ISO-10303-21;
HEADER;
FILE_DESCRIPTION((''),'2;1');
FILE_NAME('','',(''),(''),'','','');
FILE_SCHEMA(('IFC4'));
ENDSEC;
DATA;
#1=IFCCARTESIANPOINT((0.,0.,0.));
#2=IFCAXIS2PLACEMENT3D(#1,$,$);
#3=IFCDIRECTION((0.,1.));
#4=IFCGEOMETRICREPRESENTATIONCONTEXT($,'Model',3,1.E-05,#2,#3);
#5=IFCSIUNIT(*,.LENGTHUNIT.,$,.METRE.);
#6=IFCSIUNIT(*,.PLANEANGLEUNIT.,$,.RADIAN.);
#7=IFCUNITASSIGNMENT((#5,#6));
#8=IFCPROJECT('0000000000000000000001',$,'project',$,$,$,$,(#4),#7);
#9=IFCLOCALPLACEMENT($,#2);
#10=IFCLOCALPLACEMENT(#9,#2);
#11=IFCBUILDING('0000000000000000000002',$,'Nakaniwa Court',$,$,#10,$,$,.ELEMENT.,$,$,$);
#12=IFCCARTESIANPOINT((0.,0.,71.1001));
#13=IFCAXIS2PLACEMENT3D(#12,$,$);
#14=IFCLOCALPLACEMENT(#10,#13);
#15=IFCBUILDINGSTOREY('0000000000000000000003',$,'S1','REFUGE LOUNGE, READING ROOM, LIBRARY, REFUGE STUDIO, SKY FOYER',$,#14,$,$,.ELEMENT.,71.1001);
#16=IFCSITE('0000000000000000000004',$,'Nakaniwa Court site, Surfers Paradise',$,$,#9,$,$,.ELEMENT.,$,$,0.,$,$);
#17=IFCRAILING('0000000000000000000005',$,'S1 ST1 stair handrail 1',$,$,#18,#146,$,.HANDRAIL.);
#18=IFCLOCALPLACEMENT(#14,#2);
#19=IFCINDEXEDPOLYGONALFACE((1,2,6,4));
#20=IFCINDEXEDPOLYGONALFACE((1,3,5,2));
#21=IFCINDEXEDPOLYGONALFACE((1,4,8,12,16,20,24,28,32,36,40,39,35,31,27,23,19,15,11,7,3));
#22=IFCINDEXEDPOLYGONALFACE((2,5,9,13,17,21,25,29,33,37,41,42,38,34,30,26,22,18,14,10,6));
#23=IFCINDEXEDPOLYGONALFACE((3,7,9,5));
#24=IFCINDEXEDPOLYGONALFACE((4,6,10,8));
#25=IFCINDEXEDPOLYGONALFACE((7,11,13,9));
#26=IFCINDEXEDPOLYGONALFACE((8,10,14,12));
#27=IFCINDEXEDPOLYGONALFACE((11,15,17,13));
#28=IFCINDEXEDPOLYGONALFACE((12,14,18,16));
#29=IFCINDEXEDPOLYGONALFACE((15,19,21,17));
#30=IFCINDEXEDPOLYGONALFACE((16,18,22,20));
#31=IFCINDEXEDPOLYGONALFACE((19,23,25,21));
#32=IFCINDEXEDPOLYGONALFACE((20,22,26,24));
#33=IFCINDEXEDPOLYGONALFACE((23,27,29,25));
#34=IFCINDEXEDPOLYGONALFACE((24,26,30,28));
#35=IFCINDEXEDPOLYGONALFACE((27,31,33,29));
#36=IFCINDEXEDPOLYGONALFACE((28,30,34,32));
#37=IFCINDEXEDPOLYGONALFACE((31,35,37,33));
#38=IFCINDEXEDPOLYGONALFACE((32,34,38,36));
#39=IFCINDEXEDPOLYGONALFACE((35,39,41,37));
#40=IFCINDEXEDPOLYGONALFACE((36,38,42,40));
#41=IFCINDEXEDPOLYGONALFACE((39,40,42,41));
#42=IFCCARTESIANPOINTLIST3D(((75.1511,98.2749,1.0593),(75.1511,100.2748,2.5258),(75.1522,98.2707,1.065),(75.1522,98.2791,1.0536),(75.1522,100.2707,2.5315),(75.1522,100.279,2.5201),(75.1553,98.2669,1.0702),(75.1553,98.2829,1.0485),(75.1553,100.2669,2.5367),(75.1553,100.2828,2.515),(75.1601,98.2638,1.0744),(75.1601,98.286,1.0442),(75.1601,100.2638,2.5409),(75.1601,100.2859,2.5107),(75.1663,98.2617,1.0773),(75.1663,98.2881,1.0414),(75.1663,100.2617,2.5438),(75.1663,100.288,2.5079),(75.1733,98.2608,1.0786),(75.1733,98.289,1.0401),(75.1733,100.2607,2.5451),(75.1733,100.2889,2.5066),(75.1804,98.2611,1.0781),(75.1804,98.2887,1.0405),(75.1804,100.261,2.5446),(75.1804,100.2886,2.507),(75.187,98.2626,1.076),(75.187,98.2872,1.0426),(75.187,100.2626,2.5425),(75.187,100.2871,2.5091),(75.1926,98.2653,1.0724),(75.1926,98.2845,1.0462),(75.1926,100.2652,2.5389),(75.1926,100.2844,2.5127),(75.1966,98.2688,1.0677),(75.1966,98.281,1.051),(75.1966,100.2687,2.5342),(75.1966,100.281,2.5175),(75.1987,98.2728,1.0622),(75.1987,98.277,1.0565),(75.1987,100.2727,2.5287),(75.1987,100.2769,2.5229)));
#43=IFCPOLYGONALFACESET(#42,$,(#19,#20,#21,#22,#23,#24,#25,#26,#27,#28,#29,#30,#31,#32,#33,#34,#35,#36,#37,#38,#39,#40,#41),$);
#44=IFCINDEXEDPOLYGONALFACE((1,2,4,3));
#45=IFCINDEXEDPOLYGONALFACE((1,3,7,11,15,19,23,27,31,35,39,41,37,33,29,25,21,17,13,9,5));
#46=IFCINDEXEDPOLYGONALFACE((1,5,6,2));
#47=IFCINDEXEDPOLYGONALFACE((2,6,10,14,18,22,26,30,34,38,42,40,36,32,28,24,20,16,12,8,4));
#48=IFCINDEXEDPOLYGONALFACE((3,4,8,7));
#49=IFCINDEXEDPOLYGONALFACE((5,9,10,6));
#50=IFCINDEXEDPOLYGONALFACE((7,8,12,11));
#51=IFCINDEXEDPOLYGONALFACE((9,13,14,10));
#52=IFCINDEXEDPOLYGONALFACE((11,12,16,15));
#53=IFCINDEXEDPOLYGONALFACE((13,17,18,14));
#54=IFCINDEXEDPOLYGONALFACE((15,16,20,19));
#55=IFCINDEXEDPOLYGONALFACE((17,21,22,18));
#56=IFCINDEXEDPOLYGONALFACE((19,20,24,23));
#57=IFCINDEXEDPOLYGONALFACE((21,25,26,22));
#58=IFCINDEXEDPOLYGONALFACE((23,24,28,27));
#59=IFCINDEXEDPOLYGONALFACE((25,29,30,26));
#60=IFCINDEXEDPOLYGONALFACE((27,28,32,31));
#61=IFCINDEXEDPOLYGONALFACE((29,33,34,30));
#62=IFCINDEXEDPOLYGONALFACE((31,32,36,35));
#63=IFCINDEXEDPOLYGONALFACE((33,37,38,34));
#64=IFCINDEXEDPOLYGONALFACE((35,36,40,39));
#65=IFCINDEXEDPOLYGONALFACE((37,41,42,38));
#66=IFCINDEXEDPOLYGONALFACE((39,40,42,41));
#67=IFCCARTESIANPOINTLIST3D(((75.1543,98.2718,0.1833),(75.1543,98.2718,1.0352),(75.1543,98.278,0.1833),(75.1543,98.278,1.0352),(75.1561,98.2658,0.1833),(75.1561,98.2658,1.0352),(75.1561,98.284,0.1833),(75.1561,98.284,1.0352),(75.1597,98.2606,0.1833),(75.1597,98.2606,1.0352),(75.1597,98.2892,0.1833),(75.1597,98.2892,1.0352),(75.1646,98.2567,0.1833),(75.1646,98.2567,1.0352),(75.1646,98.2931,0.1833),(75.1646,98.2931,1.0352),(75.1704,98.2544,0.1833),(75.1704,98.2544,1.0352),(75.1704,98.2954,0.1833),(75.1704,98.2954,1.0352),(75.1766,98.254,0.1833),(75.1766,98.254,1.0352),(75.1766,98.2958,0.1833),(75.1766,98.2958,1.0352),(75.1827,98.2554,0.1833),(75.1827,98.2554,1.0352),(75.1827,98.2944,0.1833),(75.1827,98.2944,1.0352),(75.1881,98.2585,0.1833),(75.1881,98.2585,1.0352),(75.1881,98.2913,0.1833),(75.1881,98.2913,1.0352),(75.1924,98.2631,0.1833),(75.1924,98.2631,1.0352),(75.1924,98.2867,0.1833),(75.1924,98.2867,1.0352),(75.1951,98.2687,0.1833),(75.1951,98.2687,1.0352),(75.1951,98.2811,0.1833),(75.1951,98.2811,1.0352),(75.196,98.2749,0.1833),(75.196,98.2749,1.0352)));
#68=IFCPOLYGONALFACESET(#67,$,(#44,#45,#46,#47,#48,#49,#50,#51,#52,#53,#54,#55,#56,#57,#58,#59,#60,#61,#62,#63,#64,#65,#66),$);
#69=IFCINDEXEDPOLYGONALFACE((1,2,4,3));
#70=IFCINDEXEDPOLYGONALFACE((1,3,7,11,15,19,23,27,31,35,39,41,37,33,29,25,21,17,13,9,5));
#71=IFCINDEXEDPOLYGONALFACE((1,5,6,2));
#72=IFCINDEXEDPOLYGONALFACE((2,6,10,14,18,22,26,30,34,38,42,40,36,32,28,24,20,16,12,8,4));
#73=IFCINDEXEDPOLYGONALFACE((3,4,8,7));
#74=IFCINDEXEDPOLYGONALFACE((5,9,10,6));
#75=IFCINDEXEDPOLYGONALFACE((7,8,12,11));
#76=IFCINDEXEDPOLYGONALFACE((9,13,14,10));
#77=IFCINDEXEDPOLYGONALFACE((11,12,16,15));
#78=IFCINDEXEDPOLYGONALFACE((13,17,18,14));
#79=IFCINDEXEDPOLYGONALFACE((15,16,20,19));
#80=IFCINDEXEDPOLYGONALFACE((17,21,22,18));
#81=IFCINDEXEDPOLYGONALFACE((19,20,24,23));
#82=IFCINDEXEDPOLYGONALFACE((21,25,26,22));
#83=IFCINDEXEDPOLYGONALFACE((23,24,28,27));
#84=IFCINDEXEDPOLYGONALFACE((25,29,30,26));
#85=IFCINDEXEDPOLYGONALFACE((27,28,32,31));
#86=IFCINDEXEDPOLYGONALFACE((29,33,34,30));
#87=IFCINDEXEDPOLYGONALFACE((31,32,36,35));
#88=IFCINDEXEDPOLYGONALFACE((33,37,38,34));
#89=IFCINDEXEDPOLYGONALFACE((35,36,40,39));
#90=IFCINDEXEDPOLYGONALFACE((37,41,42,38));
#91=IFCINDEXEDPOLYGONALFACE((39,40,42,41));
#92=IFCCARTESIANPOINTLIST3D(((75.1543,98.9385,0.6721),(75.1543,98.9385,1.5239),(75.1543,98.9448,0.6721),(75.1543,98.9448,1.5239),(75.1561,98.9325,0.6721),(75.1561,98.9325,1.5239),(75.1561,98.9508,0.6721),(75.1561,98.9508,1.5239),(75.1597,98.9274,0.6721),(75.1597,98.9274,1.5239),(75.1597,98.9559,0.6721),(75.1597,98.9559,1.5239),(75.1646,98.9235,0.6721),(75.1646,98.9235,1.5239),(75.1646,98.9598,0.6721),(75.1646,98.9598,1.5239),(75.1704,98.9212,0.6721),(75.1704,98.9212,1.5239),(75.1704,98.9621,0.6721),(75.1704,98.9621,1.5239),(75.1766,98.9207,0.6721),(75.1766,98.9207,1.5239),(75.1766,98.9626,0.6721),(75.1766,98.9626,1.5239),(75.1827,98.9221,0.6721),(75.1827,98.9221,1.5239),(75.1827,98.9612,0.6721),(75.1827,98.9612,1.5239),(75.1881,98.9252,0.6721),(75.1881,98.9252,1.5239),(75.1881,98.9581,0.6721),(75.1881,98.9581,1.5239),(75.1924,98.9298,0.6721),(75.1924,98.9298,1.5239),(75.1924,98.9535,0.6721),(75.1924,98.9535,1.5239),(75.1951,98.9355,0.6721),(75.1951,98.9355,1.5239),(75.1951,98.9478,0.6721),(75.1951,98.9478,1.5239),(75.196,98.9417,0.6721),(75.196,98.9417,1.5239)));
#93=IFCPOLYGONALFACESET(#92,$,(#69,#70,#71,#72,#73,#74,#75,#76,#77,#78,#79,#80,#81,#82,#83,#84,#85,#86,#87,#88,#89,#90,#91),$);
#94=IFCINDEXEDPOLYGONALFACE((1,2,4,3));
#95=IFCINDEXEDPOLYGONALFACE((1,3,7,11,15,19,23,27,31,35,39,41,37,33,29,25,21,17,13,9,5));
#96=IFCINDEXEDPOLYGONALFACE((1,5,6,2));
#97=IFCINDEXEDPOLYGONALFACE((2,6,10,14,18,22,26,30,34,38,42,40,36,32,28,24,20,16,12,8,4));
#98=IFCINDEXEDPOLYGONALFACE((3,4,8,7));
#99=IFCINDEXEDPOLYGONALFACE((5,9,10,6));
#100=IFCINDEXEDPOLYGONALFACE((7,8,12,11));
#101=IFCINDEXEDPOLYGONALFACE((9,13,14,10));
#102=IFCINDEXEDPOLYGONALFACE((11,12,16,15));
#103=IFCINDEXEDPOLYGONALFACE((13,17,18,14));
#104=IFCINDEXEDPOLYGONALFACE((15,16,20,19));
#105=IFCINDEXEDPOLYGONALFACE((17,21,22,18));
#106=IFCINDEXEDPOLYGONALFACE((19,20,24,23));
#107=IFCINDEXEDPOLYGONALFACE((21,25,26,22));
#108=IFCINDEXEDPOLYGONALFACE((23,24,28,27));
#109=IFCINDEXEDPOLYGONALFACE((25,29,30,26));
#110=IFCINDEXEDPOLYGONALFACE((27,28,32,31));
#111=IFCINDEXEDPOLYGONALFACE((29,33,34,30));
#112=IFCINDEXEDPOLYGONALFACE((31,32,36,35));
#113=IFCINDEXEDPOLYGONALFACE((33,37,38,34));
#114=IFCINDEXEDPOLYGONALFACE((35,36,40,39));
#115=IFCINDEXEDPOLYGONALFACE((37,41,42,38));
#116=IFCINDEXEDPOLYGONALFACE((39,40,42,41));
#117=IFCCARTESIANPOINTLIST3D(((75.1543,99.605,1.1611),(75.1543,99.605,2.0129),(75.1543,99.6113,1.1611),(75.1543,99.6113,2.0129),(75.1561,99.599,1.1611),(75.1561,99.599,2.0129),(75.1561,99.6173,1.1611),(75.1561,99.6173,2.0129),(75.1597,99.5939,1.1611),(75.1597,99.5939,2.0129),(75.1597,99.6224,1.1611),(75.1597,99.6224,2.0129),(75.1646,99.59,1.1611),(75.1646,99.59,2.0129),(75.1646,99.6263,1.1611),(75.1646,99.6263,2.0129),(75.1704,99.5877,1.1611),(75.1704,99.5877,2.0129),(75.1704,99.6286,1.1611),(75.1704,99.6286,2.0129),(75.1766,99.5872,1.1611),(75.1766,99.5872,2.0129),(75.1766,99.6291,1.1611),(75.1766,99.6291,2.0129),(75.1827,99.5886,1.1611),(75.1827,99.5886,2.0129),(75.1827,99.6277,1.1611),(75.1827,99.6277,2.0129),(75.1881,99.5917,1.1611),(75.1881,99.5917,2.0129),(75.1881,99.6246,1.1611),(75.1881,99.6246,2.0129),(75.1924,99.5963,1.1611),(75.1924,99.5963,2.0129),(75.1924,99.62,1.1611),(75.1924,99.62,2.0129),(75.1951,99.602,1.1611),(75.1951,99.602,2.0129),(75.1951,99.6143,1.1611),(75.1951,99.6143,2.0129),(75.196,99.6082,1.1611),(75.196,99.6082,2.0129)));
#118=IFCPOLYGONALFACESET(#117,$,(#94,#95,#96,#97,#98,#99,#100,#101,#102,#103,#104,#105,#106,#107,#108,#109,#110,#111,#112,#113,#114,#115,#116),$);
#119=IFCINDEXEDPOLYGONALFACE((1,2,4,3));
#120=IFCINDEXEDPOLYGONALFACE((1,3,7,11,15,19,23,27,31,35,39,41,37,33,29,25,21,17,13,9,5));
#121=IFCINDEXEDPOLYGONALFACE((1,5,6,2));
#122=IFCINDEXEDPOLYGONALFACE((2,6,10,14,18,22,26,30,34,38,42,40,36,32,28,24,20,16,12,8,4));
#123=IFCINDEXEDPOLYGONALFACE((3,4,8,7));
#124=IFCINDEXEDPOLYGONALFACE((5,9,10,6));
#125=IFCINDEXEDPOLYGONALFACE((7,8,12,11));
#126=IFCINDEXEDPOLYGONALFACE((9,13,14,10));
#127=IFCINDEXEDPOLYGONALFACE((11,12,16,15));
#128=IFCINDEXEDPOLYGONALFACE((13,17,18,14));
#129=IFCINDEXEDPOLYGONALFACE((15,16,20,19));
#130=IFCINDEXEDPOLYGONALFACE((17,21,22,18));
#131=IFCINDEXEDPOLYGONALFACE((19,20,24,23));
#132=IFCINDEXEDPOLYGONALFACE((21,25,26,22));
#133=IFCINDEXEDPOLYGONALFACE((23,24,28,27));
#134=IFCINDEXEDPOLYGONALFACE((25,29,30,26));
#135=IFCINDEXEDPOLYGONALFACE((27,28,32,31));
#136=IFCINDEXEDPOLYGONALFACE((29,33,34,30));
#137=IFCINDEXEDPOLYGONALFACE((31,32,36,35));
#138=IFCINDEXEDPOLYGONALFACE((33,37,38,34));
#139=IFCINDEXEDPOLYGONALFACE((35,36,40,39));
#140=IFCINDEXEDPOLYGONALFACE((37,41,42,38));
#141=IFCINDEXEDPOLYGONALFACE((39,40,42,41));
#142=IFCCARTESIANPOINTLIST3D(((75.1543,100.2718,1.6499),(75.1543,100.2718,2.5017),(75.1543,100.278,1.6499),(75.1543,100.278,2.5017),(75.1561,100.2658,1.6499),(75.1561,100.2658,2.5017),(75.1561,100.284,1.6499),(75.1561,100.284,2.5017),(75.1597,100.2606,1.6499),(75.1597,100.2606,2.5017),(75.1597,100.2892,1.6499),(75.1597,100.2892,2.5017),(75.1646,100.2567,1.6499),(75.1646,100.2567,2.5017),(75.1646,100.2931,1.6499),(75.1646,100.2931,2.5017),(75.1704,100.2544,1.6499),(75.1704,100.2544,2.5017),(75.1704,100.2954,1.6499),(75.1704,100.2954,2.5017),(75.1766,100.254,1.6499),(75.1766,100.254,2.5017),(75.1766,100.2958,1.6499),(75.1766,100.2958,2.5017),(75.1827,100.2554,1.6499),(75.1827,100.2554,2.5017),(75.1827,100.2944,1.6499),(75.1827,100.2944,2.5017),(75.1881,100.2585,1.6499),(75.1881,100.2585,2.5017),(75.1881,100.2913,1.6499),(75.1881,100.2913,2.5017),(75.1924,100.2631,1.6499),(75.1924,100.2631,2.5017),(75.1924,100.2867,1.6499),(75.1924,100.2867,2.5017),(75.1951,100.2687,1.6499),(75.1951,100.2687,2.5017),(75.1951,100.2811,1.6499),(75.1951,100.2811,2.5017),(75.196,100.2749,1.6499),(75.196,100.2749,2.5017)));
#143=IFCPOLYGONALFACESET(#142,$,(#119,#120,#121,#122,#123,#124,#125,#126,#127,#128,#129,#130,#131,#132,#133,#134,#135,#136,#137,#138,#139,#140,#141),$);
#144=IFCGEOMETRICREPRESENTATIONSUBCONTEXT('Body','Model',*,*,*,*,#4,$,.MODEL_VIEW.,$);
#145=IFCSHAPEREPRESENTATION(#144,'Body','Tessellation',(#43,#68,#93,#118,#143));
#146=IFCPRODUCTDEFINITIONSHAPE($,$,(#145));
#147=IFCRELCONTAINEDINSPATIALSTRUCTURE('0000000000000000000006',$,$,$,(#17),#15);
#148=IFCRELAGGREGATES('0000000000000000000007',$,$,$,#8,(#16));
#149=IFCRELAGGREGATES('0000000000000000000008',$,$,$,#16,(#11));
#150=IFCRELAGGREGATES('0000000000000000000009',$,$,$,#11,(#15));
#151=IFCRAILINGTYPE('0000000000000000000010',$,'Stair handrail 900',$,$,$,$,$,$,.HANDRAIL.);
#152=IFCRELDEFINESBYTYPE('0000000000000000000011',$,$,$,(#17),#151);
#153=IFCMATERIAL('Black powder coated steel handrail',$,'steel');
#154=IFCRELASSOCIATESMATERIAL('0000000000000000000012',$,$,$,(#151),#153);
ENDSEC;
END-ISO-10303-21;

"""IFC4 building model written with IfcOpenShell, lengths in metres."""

from ifc_helpers import new_model, si_unit, direction, frame, origin, origin_2d, place, context, subcontext, project, spatial, circle, extrude, material, type_object, element, save


model = new_model("IFC4")

# Units and contexts
model_context = context("Model", 3, precision=1e-05, world=origin(), true_north=direction((0.0, 1.0)))
body_context = subcontext(model_context, "Body", "Model", "MODEL_VIEW")
ifc_project = project(units=[si_unit("LENGTHUNIT", "METRE"), si_unit("PLANEANGLEUNIT", "RADIAN")], contexts=[model_context])

# Site, building, storey
site_placement = place(None, origin())
site = spatial("IfcSite", under=ifc_project, at=site_placement, Name="Nakaniwa Court site, Surfers Paradise", CompositionType="ELEMENT", RefElevation=0.0)
building_placement = place(site_placement, origin())
building = spatial("IfcBuilding", under=site, at=building_placement, Name="Nakaniwa Court", CompositionType="ELEMENT")
storey_placement = place(building_placement, frame((0.0, 0.0, 71.1001)))
storey = spatial("IfcBuildingStorey", under=building, at=storey_placement, Name="S1", Description="REFUGE LOUNGE, READING ROOM, LIBRARY, REFUGE STUDIO, SKY FOYER", CompositionType="ELEMENT", Elevation=71.1001)

# Railing
ifc_material_1 = material(Name="Black powder coated steel handrail", Category="steel")
railing_type_1 = type_object("IfcRailingType", Name="Stair handrail 900", PredefinedType="HANDRAIL", material=ifc_material_1)
railing_1_placement = place(storey_placement, frame((75.175, 98.2749, 0.1833)))
element("IfcRailing", 1, at=railing_1_placement, inside=storey, type_object=railing_type_1, Name="S1 ST1 stair handrail 1", PredefinedType="HANDRAIL", context=body_context, shape_type="SweptSolid", body=[
    extrude(circle(Radius=0.0239, at=origin_2d()), frame((0.0, 0.0, 0.876), z_axis=(0.0, 0.806427, 0.591334), x_axis=(-1.0, 0.0, 0.0)), (0.0, 0.0, 1.0), 2.48),
    extrude(circle(Radius=0.021, at=origin_2d()), origin(), (0.0, 0.0, 1.0), 0.8518),
    extrude(circle(Radius=0.021, at=origin_2d()), frame((0.0, 0.6667, 0.4888)), (0.0, 0.0, 1.0), 0.8518),
    extrude(circle(Radius=0.021, at=origin_2d()), frame((0.0, 1.3333, 0.9778)), (0.0, 0.0, 1.0), 0.8518),
    extrude(circle(Radius=0.021, at=origin_2d()), frame((0.0, 2.0, 1.4666)), (0.0, 0.0, 1.0), 0.8518),
])

save(model, "model.ifc")
